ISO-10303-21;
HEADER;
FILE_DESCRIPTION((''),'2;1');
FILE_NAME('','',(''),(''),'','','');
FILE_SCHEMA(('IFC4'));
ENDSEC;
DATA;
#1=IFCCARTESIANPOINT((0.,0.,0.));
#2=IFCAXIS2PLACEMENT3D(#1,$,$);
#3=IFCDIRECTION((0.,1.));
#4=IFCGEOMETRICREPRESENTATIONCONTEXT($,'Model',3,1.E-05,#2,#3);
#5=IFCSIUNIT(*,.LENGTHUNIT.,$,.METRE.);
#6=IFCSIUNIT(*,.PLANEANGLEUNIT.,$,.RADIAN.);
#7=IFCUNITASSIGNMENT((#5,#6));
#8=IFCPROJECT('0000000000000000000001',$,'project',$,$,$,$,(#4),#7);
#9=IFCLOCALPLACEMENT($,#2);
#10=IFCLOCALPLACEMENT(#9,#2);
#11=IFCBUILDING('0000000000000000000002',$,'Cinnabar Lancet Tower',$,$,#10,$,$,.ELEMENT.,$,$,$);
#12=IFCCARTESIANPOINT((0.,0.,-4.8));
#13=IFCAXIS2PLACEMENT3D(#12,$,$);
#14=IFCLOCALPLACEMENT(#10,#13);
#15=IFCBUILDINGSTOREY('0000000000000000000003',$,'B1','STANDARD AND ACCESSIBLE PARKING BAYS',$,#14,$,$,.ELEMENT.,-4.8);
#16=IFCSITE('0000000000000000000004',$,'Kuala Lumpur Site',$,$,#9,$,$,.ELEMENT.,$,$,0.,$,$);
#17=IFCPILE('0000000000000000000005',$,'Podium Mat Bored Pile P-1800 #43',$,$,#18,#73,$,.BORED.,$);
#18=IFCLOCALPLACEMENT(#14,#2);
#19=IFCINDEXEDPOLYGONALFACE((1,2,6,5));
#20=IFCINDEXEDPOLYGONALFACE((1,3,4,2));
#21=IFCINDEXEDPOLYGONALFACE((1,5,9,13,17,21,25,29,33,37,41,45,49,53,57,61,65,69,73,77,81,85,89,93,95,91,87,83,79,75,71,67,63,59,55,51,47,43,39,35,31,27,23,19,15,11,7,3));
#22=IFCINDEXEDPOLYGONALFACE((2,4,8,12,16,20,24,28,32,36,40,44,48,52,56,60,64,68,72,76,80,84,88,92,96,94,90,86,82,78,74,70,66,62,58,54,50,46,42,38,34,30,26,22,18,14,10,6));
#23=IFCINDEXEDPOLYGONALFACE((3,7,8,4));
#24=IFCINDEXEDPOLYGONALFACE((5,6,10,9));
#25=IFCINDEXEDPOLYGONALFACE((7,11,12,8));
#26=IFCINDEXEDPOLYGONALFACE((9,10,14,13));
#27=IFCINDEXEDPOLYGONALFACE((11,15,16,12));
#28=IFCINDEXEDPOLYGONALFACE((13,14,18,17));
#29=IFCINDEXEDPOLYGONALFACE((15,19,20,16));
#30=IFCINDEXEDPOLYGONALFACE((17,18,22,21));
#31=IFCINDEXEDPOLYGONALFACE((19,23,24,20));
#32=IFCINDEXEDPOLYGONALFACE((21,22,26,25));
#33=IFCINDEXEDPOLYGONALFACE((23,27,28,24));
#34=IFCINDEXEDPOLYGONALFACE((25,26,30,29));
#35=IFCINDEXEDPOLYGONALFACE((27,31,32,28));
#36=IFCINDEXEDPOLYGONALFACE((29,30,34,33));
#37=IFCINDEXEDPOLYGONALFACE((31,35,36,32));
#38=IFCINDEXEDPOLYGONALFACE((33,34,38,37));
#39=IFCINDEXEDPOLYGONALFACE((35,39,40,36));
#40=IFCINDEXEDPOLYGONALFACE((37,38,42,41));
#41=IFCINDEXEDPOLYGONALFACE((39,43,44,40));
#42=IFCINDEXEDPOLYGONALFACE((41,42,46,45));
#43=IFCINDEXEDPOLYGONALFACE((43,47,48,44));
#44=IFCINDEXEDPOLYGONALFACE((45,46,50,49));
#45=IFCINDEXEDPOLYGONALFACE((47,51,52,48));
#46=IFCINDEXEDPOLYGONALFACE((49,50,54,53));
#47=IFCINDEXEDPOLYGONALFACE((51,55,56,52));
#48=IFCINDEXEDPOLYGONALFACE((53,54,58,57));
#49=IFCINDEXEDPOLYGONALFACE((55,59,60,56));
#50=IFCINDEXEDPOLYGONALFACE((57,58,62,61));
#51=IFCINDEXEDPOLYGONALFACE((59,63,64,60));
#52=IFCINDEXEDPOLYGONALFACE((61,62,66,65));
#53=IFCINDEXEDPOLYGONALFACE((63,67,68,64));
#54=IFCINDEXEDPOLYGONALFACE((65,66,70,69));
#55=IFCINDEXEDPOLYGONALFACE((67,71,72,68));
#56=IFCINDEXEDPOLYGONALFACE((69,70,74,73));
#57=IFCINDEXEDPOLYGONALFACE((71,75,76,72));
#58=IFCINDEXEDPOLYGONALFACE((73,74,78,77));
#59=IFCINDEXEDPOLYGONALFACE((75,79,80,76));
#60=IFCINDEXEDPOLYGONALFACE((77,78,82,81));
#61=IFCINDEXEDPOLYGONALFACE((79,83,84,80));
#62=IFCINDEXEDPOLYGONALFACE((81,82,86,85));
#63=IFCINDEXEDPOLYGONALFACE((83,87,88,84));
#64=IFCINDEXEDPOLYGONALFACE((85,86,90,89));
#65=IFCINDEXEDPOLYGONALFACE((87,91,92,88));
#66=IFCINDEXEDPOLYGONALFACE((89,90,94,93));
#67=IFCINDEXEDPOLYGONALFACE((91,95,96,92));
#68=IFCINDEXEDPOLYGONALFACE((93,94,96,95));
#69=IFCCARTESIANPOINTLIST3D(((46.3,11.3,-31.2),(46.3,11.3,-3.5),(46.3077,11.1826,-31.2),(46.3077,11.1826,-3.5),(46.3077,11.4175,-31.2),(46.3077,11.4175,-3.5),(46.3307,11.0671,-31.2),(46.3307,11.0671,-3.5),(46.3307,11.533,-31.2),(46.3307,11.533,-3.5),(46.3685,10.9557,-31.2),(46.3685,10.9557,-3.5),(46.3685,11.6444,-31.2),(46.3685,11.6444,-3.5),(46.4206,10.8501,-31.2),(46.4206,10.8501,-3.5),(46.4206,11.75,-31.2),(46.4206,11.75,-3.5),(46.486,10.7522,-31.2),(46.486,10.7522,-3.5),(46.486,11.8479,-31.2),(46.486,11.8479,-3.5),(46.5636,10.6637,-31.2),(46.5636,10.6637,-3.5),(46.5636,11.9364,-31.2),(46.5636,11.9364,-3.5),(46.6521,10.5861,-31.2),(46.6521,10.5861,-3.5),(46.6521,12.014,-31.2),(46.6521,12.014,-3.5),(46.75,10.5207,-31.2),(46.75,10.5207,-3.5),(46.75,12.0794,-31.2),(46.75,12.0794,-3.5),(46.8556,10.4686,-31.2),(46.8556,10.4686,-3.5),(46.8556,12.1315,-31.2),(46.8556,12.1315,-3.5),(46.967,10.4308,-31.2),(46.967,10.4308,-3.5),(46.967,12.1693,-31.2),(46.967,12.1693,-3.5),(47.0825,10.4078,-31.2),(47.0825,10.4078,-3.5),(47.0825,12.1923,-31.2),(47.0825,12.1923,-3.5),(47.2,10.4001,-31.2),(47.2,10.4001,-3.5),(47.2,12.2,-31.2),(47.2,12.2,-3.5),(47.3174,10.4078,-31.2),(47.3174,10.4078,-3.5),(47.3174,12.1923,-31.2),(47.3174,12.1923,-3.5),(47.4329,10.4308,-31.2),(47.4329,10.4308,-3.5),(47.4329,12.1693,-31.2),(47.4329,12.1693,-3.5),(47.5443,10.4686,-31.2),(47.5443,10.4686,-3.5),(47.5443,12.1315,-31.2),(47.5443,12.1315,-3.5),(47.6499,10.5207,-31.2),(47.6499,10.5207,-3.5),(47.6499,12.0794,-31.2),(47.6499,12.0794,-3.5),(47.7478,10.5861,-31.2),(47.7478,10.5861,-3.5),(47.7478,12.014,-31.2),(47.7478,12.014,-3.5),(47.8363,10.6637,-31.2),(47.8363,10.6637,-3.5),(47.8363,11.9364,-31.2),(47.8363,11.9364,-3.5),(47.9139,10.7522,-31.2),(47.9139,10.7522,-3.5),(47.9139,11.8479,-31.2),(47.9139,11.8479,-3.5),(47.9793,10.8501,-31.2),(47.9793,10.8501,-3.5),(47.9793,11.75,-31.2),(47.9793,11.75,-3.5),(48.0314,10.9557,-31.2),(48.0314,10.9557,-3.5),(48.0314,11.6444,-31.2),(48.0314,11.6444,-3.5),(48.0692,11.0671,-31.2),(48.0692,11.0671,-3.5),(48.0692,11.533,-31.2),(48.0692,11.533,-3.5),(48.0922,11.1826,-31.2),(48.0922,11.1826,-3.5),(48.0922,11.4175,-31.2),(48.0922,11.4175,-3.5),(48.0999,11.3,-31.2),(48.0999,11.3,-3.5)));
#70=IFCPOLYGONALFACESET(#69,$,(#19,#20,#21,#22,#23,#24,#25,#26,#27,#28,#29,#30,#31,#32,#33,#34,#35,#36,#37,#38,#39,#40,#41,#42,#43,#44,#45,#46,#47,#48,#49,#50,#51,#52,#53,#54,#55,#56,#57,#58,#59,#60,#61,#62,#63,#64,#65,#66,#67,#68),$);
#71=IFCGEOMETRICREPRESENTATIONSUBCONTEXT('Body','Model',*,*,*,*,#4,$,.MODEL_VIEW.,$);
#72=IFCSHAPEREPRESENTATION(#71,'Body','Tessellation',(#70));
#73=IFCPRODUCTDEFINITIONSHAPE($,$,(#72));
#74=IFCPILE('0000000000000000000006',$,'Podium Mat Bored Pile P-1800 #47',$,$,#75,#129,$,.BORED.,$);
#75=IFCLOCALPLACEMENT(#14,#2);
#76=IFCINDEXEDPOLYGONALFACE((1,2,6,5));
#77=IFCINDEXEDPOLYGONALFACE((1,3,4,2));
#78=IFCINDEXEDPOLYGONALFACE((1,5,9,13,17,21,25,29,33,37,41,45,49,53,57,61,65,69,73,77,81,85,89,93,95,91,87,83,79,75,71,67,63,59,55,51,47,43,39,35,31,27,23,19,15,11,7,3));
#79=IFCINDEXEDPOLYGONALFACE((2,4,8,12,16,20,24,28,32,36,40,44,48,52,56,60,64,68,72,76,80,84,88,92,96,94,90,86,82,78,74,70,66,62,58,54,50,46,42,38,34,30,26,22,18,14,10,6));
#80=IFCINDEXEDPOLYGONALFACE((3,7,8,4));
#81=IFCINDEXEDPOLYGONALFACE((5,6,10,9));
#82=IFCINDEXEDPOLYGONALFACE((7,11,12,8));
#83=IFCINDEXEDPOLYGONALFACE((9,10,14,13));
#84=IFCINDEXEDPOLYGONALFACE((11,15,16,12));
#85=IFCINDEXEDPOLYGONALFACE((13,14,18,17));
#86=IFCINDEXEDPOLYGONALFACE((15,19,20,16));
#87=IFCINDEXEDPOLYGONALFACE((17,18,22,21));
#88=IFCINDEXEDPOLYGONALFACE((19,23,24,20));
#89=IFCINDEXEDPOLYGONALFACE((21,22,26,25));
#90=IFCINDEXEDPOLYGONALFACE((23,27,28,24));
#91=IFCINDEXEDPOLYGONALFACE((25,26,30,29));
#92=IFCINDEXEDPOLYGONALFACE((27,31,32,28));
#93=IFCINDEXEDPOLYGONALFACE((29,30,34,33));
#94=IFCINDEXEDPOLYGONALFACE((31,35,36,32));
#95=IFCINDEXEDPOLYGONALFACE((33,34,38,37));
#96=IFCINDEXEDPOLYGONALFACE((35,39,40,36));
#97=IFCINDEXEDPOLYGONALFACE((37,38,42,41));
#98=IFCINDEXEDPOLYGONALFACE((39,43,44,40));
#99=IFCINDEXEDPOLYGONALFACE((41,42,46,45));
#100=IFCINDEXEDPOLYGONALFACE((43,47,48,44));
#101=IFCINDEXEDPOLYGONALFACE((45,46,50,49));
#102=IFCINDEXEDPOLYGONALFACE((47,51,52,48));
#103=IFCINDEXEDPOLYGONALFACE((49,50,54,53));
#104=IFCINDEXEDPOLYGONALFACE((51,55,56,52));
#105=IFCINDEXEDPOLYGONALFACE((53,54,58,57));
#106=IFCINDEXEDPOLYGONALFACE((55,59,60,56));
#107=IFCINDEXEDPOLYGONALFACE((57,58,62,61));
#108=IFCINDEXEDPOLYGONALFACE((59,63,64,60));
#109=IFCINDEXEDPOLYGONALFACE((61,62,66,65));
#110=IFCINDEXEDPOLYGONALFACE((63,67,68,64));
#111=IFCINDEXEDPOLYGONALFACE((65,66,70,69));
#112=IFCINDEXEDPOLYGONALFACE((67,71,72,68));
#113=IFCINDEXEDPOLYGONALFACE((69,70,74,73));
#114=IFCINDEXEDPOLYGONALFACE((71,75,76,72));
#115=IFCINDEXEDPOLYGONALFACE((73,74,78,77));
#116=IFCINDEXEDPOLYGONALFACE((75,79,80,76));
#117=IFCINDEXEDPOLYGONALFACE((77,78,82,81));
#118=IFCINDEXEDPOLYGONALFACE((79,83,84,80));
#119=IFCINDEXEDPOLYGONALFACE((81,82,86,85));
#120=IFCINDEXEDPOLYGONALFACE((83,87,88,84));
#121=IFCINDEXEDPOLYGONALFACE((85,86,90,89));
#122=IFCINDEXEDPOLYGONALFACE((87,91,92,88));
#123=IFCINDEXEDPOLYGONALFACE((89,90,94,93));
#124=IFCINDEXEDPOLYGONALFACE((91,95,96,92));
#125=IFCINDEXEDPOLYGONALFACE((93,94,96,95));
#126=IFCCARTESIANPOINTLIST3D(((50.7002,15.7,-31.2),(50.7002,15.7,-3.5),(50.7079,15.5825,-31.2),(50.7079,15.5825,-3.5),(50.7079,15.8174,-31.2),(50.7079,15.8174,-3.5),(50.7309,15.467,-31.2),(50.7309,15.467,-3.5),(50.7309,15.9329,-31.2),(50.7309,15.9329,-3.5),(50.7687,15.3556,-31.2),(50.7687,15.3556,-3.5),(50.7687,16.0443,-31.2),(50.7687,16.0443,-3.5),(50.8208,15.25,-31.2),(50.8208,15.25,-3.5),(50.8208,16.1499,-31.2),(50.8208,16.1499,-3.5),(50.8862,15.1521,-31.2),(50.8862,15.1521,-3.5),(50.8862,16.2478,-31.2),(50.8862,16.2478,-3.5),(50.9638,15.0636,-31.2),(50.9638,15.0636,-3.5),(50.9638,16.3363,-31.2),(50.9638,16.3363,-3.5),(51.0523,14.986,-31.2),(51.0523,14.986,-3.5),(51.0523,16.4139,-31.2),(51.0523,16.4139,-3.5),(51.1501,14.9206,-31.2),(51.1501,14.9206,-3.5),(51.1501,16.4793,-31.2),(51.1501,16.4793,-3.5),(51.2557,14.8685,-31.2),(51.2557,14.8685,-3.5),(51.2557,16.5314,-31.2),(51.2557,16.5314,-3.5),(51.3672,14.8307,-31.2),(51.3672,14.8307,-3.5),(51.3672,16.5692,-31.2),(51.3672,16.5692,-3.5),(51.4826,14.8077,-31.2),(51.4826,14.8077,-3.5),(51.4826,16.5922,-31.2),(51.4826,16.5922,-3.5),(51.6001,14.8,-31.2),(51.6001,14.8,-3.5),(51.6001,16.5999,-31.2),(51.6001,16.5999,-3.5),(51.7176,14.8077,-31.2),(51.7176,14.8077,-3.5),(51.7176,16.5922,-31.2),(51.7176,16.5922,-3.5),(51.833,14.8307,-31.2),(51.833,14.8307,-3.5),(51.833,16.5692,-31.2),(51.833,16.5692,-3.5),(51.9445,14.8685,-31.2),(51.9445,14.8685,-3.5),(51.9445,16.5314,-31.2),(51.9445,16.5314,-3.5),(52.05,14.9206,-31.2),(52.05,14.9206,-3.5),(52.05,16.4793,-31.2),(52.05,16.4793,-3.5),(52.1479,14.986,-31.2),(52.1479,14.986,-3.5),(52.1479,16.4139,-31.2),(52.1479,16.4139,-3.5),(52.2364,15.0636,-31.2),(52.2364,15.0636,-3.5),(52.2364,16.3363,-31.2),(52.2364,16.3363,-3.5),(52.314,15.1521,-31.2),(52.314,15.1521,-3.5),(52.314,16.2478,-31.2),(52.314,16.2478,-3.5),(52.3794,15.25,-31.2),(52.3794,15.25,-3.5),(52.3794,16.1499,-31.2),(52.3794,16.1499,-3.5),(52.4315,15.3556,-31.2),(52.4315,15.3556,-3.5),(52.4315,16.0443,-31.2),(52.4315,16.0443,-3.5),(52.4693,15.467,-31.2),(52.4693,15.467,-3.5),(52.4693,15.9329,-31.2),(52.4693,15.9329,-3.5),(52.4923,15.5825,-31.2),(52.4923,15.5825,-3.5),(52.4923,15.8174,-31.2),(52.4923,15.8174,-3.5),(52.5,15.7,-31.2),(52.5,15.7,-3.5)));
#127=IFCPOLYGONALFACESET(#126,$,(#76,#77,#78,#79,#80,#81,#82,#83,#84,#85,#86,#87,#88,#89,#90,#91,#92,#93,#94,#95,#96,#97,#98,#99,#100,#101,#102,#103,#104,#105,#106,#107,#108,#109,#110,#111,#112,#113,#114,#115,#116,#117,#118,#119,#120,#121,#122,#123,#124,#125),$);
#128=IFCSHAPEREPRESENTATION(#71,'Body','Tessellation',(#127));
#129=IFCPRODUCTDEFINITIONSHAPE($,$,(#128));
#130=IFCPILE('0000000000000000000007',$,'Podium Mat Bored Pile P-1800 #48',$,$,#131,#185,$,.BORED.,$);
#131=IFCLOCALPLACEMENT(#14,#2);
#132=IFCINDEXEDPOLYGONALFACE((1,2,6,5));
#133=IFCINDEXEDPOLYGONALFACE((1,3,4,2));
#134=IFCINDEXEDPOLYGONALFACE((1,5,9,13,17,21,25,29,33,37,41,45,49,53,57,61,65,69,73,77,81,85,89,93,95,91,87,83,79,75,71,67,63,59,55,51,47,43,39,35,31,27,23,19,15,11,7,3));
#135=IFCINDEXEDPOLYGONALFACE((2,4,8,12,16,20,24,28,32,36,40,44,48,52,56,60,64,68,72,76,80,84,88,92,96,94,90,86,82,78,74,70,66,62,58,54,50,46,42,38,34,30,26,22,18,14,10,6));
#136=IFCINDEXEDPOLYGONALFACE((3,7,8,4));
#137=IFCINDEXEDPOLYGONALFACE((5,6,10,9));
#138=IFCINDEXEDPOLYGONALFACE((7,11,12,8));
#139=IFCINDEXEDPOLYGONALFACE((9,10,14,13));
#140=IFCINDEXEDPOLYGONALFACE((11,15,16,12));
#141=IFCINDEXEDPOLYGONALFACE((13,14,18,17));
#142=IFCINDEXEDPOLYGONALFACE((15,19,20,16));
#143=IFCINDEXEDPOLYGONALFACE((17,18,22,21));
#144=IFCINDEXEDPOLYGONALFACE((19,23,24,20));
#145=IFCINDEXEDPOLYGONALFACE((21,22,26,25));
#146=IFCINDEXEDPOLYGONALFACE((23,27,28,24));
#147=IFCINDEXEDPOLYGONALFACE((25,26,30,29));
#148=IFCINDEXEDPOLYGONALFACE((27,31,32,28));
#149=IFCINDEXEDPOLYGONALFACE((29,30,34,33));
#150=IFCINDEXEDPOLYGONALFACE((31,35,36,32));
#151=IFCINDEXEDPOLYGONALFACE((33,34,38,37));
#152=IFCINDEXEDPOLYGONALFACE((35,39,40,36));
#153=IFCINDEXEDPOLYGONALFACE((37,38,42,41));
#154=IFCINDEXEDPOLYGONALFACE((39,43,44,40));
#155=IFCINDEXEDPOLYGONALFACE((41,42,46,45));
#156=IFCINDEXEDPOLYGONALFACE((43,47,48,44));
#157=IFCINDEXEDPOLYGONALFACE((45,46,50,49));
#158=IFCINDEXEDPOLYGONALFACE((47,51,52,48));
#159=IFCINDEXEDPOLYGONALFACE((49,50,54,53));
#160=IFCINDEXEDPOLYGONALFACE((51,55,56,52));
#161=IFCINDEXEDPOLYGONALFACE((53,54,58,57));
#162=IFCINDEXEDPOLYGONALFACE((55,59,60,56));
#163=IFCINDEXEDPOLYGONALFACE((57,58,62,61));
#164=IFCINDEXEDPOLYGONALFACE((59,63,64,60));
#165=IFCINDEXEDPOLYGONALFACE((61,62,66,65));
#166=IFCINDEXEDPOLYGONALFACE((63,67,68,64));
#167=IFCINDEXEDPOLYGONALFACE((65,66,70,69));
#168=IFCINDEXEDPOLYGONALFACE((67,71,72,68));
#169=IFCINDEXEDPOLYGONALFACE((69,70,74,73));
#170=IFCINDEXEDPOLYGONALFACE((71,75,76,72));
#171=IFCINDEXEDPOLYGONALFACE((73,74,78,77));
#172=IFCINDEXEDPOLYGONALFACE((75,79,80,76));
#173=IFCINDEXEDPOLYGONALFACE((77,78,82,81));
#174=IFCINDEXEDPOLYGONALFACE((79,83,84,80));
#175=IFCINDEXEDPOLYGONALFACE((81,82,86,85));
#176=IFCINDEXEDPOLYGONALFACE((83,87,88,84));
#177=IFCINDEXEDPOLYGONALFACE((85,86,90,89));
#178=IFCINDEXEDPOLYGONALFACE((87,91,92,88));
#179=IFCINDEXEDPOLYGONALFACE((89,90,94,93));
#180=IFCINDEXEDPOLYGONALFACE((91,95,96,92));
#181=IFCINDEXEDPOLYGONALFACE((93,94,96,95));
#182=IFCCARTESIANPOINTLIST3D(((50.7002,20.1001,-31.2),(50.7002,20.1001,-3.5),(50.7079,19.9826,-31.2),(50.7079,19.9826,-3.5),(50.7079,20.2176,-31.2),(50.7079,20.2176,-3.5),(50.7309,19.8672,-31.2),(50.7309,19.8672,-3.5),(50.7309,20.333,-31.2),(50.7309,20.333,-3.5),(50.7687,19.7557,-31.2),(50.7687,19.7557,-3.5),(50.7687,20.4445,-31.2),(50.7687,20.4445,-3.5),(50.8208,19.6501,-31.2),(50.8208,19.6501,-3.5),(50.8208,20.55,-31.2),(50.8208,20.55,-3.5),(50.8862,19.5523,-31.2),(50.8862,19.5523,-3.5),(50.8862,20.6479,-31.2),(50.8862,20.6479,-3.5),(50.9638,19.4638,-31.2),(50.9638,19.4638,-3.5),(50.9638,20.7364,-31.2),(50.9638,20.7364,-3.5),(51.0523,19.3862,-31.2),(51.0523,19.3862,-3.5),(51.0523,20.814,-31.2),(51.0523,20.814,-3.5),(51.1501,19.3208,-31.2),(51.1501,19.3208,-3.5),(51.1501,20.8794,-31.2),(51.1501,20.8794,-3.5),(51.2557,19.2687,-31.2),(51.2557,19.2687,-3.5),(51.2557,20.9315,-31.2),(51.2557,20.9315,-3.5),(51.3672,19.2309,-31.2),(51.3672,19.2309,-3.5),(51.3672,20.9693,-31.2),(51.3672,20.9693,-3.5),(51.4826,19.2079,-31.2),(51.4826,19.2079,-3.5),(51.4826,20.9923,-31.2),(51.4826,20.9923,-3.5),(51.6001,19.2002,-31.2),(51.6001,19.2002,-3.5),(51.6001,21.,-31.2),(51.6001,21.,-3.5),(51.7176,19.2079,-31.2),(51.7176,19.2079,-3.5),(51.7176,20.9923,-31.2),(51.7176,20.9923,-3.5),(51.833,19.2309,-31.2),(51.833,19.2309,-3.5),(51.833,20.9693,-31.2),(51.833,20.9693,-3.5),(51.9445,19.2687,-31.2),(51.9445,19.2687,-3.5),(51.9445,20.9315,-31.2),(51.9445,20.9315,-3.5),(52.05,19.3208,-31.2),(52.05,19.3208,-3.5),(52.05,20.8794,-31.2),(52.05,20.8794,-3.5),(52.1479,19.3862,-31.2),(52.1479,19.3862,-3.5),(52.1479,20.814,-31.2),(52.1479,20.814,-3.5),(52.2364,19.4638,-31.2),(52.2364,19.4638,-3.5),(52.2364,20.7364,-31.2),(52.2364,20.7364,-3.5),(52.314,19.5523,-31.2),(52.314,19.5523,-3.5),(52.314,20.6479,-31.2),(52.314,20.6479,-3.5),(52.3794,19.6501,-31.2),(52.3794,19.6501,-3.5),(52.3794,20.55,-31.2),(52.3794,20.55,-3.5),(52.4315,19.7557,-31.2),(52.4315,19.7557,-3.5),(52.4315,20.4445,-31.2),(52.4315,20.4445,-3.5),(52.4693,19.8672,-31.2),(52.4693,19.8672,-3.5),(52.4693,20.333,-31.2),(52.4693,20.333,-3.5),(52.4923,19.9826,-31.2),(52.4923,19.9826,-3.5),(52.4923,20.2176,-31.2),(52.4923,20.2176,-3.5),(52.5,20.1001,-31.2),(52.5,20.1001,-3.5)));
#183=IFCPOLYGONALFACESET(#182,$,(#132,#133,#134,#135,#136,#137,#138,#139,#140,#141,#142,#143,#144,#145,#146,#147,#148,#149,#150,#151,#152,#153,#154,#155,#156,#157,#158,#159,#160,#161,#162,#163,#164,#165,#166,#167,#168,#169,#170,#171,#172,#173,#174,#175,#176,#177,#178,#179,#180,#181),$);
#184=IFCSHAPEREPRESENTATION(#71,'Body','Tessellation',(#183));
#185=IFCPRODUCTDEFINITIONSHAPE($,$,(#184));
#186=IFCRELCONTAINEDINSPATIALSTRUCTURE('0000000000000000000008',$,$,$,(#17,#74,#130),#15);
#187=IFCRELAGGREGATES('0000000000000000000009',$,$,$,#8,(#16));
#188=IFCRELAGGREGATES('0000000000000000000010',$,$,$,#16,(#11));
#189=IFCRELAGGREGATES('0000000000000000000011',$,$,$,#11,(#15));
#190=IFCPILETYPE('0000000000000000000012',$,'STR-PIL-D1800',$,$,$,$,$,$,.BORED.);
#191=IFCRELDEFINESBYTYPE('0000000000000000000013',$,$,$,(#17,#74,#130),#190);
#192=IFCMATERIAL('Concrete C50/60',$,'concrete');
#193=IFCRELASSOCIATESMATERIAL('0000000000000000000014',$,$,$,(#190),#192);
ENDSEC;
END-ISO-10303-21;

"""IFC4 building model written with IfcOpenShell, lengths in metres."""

from ifc_helpers import new_model, si_unit, direction, frame, origin, origin_2d, place, context, subcontext, project, spatial, circle, extrude, material, material_profile, profile_set, type_object, element, save


model = new_model("IFC4")

# Units and contexts
model_context = context("Model", 3, precision=1e-05, world=origin(), true_north=direction((0.0, 1.0)))
body_context = subcontext(model_context, "Body", "Model", "MODEL_VIEW")
ifc_project = project(units=[si_unit("LENGTHUNIT", "METRE"), si_unit("PLANEANGLEUNIT", "RADIAN")], contexts=[model_context])

# Site, building, storey
site_placement = place(None, origin())
site = spatial("IfcSite", under=ifc_project, at=site_placement, Name="Kuala Lumpur Site", CompositionType="ELEMENT", RefElevation=0.0)
building_placement = place(site_placement, origin())
building = spatial("IfcBuilding", under=site, at=building_placement, Name="Cinnabar Lancet Tower", CompositionType="ELEMENT")
storey_placement = place(building_placement, frame((0.0, 0.0, -4.8)))
storey = spatial("IfcBuildingStorey", under=building, at=storey_placement, Name="B1", Description="STANDARD AND ACCESSIBLE PARKING BAYS", CompositionType="ELEMENT", Elevation=-4.8)

# Piles
ifc_material_1 = material(Name="Concrete C50/60", Category="concrete")
ifc_material_profile_1 = material_profile(ifc_material_1, circle(Radius=0.8999, at=origin_2d()), Name="PILE D1800")
ifc_profile_set_1 = profile_set([ifc_material_profile_1], Name="Concrete C50/60")
pile_type_1 = type_object("IfcPileType", Name="STR-PIL-D1800", PredefinedType="BORED", material=ifc_profile_set_1)
for number, where, z_axis, x_axis, name in (
    (1, (47.2, 11.3, -3.5), (0.0, 0.0, -1.0), (1.0, 0.0, 0.0), "Podium Mat Bored Pile P-1800 #43"),
    (2, (51.6001, 15.7, -3.5), (0.0, 0.0, -1.0), (1.0, 0.0, 0.0), "Podium Mat Bored Pile P-1800 #47"),
    (3, (51.6001, 20.1001, -3.5), (0.0, 0.0, -1.0), (1.0, 0.0, 0.0), "Podium Mat Bored Pile P-1800 #48"),
):
    element("IfcPile", number, at=place(storey_placement, frame(where, z_axis=z_axis, x_axis=x_axis)), inside=storey, type_object=pile_type_1, Name=name, PredefinedType="BORED", context=body_context, shape_type="SweptSolid", body=[
        extrude(circle(Radius=0.8999, at=origin_2d()), origin(), (0.0, 0.0, 1.0), 27.7),
    ])

save(model, "model.ifc")
